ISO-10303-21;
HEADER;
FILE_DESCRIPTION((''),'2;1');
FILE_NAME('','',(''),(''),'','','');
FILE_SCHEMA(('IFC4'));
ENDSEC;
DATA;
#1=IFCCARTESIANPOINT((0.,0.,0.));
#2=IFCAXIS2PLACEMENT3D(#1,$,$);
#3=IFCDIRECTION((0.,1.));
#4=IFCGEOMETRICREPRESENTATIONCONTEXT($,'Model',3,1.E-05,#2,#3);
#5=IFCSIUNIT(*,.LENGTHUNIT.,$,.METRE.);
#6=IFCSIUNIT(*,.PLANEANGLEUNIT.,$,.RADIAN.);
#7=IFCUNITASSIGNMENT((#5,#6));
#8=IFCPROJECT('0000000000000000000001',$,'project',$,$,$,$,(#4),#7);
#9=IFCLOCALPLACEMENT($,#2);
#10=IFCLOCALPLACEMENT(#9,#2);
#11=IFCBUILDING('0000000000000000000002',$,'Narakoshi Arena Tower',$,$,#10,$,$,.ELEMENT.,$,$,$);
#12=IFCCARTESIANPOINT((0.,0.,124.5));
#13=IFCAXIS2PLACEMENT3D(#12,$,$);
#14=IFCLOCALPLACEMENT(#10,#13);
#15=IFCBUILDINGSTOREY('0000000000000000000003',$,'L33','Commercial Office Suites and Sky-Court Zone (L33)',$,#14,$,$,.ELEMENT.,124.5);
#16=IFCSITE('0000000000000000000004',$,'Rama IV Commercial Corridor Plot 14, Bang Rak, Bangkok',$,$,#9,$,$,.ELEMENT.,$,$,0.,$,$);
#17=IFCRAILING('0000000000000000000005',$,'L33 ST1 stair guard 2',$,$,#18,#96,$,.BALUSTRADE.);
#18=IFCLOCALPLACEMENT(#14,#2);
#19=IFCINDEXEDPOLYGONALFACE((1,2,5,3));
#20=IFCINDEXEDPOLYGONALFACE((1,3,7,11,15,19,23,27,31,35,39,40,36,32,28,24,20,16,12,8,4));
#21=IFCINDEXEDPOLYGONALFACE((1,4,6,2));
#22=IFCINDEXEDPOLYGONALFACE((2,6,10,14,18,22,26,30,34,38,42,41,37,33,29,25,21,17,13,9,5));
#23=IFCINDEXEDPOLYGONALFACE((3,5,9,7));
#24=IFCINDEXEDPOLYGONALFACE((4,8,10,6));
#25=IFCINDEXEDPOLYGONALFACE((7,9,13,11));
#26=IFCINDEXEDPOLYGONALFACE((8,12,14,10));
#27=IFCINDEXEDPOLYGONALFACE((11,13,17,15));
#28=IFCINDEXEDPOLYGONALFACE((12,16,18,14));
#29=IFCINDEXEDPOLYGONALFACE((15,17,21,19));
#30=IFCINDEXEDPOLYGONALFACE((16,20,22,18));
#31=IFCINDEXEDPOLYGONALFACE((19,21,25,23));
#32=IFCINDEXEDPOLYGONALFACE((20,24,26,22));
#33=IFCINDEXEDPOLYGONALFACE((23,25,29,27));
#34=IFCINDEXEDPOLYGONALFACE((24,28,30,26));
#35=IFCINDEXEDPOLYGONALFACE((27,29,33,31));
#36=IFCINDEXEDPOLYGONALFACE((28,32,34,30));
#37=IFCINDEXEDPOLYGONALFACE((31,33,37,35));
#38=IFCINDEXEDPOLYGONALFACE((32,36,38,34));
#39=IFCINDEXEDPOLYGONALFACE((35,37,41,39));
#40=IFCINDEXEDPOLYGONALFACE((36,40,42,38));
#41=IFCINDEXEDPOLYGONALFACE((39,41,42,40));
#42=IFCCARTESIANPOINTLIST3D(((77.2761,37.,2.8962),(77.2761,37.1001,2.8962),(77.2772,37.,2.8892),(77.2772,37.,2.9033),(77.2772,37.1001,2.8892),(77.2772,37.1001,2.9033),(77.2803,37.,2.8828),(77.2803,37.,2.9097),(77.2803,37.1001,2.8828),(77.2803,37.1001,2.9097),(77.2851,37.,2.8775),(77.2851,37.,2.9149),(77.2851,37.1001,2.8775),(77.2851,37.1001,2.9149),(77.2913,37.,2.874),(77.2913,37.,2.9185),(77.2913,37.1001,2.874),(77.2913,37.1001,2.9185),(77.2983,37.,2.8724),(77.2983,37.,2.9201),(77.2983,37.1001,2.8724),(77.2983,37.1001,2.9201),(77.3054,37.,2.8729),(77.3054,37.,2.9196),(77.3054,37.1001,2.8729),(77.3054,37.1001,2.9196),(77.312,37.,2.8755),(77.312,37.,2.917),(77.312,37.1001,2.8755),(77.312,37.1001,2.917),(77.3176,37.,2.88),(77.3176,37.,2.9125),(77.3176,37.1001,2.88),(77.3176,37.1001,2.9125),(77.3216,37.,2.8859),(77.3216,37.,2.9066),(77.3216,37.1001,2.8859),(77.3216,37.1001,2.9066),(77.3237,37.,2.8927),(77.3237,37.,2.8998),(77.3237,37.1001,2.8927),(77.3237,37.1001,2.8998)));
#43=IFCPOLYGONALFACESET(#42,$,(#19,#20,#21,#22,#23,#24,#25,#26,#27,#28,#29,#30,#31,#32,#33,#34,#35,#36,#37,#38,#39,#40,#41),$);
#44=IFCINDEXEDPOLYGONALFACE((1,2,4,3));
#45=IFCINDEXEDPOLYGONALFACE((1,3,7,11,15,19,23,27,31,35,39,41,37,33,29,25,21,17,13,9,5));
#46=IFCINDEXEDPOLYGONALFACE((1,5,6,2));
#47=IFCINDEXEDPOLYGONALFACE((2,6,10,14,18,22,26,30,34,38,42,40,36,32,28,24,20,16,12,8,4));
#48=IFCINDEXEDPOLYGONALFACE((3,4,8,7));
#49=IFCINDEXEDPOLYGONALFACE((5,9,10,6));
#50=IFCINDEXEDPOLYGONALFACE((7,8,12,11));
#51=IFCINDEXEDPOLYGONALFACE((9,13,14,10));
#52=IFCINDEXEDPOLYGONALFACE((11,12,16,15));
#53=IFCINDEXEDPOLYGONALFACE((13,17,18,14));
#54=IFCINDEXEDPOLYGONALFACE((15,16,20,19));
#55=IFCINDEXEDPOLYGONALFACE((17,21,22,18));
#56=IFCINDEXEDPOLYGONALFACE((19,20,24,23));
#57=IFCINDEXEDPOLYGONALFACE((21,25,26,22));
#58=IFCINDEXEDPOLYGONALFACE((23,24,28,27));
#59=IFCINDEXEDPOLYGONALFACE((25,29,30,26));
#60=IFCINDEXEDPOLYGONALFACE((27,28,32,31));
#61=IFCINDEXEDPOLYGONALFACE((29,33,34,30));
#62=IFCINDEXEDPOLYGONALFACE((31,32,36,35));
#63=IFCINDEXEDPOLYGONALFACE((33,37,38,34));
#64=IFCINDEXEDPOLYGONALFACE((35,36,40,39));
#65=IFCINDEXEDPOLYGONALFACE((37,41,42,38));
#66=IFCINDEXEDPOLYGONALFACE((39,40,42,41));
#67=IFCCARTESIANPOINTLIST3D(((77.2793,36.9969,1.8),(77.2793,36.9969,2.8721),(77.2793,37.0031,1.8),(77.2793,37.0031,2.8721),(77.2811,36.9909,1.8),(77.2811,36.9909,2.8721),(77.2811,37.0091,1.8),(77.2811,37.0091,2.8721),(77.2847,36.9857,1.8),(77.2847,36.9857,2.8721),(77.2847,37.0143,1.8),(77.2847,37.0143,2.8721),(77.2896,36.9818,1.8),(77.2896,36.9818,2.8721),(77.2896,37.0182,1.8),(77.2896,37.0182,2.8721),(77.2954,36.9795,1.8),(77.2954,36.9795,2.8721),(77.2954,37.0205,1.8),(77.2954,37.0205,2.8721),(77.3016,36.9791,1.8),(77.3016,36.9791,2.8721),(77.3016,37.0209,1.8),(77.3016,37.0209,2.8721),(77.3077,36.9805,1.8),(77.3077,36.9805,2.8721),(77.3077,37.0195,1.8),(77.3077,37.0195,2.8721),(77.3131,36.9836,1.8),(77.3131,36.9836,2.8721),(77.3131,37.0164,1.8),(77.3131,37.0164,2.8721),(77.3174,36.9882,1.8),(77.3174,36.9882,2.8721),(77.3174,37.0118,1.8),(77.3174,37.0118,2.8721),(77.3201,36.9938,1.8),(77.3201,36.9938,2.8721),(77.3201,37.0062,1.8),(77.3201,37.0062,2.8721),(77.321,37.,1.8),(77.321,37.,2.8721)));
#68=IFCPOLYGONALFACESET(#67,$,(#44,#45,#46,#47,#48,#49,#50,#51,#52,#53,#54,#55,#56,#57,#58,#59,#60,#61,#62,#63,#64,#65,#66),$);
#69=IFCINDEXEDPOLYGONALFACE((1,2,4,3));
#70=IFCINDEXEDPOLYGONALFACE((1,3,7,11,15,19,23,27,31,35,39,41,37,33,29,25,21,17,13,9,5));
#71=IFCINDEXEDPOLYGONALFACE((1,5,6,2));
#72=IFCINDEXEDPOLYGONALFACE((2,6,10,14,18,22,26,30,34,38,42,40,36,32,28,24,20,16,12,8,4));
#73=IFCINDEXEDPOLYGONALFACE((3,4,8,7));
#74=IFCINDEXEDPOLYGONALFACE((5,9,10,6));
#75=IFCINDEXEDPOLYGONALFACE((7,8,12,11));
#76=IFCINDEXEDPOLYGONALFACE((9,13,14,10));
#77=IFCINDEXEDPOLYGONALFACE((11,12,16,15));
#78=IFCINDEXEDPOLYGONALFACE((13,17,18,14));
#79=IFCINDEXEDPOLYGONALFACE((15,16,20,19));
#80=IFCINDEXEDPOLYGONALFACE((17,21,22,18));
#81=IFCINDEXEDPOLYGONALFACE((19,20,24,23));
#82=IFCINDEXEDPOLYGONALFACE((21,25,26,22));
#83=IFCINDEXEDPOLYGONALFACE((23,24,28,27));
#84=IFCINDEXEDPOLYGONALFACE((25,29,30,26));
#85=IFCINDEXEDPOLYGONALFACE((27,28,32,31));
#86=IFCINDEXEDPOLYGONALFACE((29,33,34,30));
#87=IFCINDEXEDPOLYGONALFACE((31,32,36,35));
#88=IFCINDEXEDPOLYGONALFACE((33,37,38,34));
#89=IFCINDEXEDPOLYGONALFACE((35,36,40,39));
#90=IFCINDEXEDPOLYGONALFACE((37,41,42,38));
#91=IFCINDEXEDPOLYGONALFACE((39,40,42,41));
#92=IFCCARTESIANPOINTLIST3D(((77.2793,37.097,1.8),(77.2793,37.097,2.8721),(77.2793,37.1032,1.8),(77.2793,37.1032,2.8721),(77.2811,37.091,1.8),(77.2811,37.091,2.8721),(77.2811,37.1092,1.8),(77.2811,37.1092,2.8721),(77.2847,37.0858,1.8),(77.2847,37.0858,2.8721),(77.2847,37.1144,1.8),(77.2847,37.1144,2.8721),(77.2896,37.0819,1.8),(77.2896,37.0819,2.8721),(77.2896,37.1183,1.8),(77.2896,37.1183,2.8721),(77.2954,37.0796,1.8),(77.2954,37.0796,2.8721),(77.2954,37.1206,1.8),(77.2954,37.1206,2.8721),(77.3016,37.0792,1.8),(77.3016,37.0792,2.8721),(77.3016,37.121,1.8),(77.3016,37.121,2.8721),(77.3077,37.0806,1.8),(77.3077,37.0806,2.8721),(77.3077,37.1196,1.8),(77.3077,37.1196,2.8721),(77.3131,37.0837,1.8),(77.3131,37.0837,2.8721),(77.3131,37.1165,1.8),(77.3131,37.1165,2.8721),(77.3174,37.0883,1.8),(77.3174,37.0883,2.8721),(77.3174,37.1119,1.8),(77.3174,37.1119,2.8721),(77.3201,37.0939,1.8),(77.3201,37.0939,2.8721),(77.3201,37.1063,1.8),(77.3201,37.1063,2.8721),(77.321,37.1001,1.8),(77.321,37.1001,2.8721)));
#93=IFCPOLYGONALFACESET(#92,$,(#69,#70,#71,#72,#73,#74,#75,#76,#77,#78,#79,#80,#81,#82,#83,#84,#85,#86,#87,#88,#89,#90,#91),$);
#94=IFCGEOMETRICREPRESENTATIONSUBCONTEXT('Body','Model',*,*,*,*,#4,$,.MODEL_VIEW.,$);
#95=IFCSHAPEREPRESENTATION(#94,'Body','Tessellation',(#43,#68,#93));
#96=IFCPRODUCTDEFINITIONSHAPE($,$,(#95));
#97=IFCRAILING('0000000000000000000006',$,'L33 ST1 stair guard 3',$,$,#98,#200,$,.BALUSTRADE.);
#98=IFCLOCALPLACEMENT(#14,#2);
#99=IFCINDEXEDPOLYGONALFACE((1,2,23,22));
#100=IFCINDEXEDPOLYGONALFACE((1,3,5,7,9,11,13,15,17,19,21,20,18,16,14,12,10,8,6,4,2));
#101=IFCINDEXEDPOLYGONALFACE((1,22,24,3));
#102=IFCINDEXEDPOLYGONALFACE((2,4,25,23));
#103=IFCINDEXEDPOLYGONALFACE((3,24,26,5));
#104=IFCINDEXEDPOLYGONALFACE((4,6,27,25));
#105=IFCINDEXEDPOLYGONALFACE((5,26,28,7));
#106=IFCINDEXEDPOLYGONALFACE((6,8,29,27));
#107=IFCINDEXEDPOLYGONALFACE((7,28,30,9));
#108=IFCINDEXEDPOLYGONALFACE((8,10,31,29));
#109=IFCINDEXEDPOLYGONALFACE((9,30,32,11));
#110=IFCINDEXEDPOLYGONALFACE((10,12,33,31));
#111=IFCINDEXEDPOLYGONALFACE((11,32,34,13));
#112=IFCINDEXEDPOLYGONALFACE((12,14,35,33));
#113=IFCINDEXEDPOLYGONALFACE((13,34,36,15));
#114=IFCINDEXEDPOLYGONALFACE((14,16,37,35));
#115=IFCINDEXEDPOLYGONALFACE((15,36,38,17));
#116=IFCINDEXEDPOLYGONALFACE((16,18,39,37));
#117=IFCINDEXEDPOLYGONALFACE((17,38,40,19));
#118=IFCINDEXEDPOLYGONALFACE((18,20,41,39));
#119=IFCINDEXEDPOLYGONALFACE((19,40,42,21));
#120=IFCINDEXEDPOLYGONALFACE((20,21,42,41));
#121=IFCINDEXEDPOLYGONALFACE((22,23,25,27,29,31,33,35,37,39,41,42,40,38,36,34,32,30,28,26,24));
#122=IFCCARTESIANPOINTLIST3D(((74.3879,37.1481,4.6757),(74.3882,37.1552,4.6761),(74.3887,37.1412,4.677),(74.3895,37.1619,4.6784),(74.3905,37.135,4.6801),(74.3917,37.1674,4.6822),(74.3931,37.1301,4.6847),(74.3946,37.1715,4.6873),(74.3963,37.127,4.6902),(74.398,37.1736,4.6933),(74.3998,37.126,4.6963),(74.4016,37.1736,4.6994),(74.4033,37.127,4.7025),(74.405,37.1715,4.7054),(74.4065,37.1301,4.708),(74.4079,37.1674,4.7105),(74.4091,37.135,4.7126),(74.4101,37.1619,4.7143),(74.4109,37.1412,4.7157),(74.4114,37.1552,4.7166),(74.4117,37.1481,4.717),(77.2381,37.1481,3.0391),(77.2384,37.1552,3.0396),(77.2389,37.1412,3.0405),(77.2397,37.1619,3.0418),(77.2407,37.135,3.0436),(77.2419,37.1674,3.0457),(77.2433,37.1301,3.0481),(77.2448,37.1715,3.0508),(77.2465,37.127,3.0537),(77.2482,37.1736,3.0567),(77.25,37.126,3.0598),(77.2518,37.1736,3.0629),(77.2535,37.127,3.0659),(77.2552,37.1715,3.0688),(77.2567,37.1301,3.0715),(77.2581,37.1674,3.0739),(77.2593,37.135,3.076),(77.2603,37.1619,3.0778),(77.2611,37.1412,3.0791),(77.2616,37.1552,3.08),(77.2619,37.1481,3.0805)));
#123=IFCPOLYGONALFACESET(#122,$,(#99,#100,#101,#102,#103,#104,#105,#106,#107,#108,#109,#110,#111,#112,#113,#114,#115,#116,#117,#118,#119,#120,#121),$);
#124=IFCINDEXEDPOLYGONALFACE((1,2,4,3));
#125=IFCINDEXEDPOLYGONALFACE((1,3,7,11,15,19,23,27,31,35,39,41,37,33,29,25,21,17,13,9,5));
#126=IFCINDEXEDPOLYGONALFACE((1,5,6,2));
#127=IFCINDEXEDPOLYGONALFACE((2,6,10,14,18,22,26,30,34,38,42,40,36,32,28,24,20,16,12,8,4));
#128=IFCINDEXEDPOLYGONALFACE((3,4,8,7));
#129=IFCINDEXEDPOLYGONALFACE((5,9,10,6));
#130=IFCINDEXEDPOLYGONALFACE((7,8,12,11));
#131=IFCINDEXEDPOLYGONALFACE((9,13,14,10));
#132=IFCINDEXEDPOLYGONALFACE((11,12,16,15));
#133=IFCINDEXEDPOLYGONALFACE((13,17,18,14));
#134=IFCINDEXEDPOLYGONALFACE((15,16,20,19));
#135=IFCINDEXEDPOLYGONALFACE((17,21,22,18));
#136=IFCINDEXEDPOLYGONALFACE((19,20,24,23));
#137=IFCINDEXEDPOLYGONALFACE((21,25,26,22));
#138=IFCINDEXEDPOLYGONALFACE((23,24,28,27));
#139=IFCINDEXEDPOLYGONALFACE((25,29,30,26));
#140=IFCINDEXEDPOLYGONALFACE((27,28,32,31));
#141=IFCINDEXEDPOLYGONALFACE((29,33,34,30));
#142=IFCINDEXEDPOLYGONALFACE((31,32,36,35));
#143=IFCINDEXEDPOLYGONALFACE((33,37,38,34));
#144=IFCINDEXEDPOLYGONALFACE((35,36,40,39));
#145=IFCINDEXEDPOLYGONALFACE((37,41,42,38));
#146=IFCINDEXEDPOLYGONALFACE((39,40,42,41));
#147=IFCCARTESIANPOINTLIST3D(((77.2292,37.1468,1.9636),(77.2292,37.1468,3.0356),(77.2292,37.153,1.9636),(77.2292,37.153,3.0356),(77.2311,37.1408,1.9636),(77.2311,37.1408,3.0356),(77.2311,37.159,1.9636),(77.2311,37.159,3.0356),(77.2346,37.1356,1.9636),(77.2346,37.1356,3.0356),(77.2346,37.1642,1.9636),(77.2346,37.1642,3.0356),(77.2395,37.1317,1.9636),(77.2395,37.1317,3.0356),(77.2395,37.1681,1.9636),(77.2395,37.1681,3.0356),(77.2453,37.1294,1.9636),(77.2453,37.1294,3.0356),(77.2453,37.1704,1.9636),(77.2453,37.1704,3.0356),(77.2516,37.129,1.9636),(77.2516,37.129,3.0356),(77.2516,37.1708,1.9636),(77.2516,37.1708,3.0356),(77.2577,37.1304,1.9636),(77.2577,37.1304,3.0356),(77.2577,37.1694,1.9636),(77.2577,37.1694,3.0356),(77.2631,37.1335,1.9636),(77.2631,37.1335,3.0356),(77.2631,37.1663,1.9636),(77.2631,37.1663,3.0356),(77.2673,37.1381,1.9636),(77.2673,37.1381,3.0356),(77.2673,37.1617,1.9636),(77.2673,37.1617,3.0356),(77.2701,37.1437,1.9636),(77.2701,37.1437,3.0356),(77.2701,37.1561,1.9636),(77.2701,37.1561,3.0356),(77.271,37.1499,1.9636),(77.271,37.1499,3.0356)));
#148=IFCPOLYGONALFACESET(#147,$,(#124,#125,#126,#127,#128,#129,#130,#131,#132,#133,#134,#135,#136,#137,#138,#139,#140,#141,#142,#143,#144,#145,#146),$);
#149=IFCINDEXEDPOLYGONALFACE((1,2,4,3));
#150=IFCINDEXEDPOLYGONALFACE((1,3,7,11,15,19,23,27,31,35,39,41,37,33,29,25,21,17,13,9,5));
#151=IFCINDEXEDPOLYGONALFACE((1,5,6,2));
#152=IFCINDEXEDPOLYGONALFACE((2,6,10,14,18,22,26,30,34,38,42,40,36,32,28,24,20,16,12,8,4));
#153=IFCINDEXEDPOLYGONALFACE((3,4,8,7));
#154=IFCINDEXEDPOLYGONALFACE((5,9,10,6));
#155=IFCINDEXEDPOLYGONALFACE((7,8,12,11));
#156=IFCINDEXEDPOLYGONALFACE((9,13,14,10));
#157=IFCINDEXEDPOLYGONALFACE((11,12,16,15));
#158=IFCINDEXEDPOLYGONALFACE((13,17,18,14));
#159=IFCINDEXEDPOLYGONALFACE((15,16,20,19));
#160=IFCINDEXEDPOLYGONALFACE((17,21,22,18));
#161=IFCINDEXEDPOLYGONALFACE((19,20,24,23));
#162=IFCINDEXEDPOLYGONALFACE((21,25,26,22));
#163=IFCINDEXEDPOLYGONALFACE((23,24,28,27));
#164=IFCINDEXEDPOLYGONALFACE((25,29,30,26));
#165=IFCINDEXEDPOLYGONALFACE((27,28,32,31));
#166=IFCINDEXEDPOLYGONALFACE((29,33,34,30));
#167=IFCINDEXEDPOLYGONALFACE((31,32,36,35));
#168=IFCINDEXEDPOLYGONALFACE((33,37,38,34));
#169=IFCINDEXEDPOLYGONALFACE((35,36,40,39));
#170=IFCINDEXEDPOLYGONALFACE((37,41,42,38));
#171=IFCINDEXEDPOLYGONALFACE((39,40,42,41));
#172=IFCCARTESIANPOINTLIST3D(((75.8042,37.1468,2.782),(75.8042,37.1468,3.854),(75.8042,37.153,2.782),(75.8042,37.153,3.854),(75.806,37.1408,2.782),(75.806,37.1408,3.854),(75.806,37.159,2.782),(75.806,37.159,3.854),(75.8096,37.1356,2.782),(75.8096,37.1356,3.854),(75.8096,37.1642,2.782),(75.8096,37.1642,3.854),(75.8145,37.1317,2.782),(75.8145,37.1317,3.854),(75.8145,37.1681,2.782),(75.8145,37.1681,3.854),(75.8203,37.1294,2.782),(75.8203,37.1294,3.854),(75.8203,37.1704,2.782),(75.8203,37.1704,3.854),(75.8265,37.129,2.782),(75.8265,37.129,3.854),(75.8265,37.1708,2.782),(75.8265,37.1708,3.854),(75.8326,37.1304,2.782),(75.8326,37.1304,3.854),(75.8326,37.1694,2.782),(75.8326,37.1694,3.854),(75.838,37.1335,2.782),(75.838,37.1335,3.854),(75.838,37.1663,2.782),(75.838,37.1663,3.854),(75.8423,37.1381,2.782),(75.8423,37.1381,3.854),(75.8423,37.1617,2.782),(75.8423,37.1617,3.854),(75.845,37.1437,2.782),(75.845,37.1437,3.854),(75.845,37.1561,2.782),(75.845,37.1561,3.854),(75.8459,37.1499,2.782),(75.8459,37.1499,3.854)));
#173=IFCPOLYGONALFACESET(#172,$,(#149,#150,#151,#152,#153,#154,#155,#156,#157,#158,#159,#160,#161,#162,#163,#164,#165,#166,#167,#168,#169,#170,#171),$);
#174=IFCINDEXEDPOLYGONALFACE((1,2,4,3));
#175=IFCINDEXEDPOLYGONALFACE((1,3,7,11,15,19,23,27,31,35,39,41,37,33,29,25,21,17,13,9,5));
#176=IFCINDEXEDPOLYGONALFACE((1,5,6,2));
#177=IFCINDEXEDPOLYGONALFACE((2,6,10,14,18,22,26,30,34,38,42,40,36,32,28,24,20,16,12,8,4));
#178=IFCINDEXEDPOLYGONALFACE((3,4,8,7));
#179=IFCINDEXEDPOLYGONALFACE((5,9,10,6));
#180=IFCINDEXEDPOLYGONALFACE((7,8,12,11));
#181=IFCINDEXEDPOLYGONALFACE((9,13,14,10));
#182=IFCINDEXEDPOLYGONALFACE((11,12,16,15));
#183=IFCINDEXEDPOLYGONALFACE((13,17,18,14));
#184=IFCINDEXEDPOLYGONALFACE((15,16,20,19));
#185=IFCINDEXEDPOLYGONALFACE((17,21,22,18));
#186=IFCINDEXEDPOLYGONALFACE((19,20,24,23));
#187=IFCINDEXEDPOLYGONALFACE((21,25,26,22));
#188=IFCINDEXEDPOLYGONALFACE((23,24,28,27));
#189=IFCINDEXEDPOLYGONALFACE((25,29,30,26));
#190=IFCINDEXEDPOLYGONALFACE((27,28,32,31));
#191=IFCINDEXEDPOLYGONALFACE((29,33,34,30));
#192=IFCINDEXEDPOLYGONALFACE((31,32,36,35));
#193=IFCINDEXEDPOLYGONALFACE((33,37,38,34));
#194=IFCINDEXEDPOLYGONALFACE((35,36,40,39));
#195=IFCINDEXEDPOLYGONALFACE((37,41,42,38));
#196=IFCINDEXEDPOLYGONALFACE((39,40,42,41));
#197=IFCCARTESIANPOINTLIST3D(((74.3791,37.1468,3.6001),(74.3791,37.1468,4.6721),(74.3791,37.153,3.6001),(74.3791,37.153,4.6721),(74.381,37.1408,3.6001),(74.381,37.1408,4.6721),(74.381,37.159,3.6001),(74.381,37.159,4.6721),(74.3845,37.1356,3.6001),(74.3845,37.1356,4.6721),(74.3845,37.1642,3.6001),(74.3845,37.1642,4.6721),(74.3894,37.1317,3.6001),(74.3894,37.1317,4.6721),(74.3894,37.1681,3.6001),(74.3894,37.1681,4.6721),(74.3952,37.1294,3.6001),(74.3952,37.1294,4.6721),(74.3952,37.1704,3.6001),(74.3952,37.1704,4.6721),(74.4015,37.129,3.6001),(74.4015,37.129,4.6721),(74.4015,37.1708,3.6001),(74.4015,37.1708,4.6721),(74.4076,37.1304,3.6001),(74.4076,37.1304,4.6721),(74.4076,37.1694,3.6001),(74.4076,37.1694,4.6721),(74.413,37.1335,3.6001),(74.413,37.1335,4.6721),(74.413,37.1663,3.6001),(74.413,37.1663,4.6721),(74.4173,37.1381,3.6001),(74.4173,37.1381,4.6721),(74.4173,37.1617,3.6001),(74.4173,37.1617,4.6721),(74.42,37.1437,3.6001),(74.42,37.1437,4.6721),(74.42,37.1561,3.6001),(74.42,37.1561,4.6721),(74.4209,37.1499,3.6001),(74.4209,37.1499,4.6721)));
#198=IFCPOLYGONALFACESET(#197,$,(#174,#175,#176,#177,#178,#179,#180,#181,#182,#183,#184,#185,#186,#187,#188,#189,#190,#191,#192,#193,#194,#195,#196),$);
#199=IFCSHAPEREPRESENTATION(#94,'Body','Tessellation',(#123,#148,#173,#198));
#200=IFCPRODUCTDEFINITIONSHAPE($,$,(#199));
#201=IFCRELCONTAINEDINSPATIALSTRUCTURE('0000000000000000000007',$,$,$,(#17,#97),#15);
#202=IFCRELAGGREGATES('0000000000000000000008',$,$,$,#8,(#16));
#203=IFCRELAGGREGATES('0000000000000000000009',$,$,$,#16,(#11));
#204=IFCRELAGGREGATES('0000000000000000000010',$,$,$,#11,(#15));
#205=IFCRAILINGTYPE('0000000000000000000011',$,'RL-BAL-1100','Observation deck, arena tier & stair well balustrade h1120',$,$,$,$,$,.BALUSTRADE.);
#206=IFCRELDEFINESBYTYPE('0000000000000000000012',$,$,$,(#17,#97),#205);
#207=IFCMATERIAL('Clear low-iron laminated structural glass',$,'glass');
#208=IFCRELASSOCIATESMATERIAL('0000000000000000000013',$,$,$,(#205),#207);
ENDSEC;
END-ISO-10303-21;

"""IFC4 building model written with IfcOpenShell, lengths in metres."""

from ifc_helpers import new_model, si_unit, direction, frame, origin, origin_2d, place, context, subcontext, project, spatial, circle, extrude, material, type_object, element, save


model = new_model("IFC4")

# Units and contexts
model_context = context("Model", 3, precision=1e-05, world=origin(), true_north=direction((0.0, 1.0)))
body_context = subcontext(model_context, "Body", "Model", "MODEL_VIEW")
ifc_project = project(units=[si_unit("LENGTHUNIT", "METRE"), si_unit("PLANEANGLEUNIT", "RADIAN")], contexts=[model_context])

# Site, building, storey
site_placement = place(None, origin())
site = spatial("IfcSite", under=ifc_project, at=site_placement, Name="Rama IV Commercial Corridor Plot 14, Bang Rak, Bangkok", CompositionType="ELEMENT", RefElevation=0.0)
building_placement = place(site_placement, origin())
building = spatial("IfcBuilding", under=site, at=building_placement, Name="Narakoshi Arena Tower", CompositionType="ELEMENT")
storey_placement = place(building_placement, frame((0.0, 0.0, 124.5)))
storey = spatial("IfcBuildingStorey", under=building, at=storey_placement, Name="L33", Description="Commercial Office Suites and Sky-Court Zone (L33)", CompositionType="ELEMENT", Elevation=124.5)

# Railings
ifc_material_1 = material(Name="Clear low-iron laminated structural glass", Category="glass")
railing_type_1 = type_object("IfcRailingType", Name="RL-BAL-1100", Description="Observation deck, arena tier & stair well balustrade h1120", PredefinedType="BALUSTRADE", material=ifc_material_1)
railing_1_placement = place(storey_placement, frame((77.3, 37.0, 1.8)))
element("IfcRailing", 1, at=railing_1_placement, inside=storey, type_object=railing_type_1, Name="L33 ST1 stair guard 2", PredefinedType="BALUSTRADE", context=body_context, shape_type="SweptSolid", body=[
    extrude(circle(Radius=0.0239, at=origin_2d()), frame((0.0, 0.0, 1.0962), z_axis=(0.0, 1.0, 0.0), x_axis=(-1.0, 0.0, 0.0)), (0.0, 0.0, 1.0), 0.1001),
    extrude(circle(Radius=0.021, at=origin_2d()), origin(), (0.0, 0.0, 1.0), 1.072),
    extrude(circle(Radius=0.021, at=origin_2d()), frame((0.0, 0.1001, 0.0)), (0.0, 0.0, 1.0), 1.072),
])
railing_2_placement = place(storey_placement, frame((77.25, 37.1499, 1.9636)))
element("IfcRailing", 2, at=railing_2_placement, inside=storey, type_object=railing_type_1, Name="L33 ST1 stair guard 3", PredefinedType="BALUSTRADE", context=body_context, shape_type="SweptSolid", body=[
    extrude(circle(Radius=0.0239, at=origin_2d()), frame((0.0, 0.0, 1.0962), z_axis=(-0.867213, 0.0, 0.497938), x_axis=(0.0, -1.0, 0.0)), (0.0, 0.0, 1.0), 3.2866),
    extrude(circle(Radius=0.021, at=origin_2d()), origin(), (0.0, 0.0, 1.0), 1.072),
    extrude(circle(Radius=0.021, at=origin_2d()), frame((-1.425, 0.0, 0.8184)), (0.0, 0.0, 1.0), 1.072),
    extrude(circle(Radius=0.021, at=origin_2d()), frame((-2.8501, 0.0, 1.6365)), (0.0, 0.0, 1.0), 1.072),
])

save(model, "model.ifc")
